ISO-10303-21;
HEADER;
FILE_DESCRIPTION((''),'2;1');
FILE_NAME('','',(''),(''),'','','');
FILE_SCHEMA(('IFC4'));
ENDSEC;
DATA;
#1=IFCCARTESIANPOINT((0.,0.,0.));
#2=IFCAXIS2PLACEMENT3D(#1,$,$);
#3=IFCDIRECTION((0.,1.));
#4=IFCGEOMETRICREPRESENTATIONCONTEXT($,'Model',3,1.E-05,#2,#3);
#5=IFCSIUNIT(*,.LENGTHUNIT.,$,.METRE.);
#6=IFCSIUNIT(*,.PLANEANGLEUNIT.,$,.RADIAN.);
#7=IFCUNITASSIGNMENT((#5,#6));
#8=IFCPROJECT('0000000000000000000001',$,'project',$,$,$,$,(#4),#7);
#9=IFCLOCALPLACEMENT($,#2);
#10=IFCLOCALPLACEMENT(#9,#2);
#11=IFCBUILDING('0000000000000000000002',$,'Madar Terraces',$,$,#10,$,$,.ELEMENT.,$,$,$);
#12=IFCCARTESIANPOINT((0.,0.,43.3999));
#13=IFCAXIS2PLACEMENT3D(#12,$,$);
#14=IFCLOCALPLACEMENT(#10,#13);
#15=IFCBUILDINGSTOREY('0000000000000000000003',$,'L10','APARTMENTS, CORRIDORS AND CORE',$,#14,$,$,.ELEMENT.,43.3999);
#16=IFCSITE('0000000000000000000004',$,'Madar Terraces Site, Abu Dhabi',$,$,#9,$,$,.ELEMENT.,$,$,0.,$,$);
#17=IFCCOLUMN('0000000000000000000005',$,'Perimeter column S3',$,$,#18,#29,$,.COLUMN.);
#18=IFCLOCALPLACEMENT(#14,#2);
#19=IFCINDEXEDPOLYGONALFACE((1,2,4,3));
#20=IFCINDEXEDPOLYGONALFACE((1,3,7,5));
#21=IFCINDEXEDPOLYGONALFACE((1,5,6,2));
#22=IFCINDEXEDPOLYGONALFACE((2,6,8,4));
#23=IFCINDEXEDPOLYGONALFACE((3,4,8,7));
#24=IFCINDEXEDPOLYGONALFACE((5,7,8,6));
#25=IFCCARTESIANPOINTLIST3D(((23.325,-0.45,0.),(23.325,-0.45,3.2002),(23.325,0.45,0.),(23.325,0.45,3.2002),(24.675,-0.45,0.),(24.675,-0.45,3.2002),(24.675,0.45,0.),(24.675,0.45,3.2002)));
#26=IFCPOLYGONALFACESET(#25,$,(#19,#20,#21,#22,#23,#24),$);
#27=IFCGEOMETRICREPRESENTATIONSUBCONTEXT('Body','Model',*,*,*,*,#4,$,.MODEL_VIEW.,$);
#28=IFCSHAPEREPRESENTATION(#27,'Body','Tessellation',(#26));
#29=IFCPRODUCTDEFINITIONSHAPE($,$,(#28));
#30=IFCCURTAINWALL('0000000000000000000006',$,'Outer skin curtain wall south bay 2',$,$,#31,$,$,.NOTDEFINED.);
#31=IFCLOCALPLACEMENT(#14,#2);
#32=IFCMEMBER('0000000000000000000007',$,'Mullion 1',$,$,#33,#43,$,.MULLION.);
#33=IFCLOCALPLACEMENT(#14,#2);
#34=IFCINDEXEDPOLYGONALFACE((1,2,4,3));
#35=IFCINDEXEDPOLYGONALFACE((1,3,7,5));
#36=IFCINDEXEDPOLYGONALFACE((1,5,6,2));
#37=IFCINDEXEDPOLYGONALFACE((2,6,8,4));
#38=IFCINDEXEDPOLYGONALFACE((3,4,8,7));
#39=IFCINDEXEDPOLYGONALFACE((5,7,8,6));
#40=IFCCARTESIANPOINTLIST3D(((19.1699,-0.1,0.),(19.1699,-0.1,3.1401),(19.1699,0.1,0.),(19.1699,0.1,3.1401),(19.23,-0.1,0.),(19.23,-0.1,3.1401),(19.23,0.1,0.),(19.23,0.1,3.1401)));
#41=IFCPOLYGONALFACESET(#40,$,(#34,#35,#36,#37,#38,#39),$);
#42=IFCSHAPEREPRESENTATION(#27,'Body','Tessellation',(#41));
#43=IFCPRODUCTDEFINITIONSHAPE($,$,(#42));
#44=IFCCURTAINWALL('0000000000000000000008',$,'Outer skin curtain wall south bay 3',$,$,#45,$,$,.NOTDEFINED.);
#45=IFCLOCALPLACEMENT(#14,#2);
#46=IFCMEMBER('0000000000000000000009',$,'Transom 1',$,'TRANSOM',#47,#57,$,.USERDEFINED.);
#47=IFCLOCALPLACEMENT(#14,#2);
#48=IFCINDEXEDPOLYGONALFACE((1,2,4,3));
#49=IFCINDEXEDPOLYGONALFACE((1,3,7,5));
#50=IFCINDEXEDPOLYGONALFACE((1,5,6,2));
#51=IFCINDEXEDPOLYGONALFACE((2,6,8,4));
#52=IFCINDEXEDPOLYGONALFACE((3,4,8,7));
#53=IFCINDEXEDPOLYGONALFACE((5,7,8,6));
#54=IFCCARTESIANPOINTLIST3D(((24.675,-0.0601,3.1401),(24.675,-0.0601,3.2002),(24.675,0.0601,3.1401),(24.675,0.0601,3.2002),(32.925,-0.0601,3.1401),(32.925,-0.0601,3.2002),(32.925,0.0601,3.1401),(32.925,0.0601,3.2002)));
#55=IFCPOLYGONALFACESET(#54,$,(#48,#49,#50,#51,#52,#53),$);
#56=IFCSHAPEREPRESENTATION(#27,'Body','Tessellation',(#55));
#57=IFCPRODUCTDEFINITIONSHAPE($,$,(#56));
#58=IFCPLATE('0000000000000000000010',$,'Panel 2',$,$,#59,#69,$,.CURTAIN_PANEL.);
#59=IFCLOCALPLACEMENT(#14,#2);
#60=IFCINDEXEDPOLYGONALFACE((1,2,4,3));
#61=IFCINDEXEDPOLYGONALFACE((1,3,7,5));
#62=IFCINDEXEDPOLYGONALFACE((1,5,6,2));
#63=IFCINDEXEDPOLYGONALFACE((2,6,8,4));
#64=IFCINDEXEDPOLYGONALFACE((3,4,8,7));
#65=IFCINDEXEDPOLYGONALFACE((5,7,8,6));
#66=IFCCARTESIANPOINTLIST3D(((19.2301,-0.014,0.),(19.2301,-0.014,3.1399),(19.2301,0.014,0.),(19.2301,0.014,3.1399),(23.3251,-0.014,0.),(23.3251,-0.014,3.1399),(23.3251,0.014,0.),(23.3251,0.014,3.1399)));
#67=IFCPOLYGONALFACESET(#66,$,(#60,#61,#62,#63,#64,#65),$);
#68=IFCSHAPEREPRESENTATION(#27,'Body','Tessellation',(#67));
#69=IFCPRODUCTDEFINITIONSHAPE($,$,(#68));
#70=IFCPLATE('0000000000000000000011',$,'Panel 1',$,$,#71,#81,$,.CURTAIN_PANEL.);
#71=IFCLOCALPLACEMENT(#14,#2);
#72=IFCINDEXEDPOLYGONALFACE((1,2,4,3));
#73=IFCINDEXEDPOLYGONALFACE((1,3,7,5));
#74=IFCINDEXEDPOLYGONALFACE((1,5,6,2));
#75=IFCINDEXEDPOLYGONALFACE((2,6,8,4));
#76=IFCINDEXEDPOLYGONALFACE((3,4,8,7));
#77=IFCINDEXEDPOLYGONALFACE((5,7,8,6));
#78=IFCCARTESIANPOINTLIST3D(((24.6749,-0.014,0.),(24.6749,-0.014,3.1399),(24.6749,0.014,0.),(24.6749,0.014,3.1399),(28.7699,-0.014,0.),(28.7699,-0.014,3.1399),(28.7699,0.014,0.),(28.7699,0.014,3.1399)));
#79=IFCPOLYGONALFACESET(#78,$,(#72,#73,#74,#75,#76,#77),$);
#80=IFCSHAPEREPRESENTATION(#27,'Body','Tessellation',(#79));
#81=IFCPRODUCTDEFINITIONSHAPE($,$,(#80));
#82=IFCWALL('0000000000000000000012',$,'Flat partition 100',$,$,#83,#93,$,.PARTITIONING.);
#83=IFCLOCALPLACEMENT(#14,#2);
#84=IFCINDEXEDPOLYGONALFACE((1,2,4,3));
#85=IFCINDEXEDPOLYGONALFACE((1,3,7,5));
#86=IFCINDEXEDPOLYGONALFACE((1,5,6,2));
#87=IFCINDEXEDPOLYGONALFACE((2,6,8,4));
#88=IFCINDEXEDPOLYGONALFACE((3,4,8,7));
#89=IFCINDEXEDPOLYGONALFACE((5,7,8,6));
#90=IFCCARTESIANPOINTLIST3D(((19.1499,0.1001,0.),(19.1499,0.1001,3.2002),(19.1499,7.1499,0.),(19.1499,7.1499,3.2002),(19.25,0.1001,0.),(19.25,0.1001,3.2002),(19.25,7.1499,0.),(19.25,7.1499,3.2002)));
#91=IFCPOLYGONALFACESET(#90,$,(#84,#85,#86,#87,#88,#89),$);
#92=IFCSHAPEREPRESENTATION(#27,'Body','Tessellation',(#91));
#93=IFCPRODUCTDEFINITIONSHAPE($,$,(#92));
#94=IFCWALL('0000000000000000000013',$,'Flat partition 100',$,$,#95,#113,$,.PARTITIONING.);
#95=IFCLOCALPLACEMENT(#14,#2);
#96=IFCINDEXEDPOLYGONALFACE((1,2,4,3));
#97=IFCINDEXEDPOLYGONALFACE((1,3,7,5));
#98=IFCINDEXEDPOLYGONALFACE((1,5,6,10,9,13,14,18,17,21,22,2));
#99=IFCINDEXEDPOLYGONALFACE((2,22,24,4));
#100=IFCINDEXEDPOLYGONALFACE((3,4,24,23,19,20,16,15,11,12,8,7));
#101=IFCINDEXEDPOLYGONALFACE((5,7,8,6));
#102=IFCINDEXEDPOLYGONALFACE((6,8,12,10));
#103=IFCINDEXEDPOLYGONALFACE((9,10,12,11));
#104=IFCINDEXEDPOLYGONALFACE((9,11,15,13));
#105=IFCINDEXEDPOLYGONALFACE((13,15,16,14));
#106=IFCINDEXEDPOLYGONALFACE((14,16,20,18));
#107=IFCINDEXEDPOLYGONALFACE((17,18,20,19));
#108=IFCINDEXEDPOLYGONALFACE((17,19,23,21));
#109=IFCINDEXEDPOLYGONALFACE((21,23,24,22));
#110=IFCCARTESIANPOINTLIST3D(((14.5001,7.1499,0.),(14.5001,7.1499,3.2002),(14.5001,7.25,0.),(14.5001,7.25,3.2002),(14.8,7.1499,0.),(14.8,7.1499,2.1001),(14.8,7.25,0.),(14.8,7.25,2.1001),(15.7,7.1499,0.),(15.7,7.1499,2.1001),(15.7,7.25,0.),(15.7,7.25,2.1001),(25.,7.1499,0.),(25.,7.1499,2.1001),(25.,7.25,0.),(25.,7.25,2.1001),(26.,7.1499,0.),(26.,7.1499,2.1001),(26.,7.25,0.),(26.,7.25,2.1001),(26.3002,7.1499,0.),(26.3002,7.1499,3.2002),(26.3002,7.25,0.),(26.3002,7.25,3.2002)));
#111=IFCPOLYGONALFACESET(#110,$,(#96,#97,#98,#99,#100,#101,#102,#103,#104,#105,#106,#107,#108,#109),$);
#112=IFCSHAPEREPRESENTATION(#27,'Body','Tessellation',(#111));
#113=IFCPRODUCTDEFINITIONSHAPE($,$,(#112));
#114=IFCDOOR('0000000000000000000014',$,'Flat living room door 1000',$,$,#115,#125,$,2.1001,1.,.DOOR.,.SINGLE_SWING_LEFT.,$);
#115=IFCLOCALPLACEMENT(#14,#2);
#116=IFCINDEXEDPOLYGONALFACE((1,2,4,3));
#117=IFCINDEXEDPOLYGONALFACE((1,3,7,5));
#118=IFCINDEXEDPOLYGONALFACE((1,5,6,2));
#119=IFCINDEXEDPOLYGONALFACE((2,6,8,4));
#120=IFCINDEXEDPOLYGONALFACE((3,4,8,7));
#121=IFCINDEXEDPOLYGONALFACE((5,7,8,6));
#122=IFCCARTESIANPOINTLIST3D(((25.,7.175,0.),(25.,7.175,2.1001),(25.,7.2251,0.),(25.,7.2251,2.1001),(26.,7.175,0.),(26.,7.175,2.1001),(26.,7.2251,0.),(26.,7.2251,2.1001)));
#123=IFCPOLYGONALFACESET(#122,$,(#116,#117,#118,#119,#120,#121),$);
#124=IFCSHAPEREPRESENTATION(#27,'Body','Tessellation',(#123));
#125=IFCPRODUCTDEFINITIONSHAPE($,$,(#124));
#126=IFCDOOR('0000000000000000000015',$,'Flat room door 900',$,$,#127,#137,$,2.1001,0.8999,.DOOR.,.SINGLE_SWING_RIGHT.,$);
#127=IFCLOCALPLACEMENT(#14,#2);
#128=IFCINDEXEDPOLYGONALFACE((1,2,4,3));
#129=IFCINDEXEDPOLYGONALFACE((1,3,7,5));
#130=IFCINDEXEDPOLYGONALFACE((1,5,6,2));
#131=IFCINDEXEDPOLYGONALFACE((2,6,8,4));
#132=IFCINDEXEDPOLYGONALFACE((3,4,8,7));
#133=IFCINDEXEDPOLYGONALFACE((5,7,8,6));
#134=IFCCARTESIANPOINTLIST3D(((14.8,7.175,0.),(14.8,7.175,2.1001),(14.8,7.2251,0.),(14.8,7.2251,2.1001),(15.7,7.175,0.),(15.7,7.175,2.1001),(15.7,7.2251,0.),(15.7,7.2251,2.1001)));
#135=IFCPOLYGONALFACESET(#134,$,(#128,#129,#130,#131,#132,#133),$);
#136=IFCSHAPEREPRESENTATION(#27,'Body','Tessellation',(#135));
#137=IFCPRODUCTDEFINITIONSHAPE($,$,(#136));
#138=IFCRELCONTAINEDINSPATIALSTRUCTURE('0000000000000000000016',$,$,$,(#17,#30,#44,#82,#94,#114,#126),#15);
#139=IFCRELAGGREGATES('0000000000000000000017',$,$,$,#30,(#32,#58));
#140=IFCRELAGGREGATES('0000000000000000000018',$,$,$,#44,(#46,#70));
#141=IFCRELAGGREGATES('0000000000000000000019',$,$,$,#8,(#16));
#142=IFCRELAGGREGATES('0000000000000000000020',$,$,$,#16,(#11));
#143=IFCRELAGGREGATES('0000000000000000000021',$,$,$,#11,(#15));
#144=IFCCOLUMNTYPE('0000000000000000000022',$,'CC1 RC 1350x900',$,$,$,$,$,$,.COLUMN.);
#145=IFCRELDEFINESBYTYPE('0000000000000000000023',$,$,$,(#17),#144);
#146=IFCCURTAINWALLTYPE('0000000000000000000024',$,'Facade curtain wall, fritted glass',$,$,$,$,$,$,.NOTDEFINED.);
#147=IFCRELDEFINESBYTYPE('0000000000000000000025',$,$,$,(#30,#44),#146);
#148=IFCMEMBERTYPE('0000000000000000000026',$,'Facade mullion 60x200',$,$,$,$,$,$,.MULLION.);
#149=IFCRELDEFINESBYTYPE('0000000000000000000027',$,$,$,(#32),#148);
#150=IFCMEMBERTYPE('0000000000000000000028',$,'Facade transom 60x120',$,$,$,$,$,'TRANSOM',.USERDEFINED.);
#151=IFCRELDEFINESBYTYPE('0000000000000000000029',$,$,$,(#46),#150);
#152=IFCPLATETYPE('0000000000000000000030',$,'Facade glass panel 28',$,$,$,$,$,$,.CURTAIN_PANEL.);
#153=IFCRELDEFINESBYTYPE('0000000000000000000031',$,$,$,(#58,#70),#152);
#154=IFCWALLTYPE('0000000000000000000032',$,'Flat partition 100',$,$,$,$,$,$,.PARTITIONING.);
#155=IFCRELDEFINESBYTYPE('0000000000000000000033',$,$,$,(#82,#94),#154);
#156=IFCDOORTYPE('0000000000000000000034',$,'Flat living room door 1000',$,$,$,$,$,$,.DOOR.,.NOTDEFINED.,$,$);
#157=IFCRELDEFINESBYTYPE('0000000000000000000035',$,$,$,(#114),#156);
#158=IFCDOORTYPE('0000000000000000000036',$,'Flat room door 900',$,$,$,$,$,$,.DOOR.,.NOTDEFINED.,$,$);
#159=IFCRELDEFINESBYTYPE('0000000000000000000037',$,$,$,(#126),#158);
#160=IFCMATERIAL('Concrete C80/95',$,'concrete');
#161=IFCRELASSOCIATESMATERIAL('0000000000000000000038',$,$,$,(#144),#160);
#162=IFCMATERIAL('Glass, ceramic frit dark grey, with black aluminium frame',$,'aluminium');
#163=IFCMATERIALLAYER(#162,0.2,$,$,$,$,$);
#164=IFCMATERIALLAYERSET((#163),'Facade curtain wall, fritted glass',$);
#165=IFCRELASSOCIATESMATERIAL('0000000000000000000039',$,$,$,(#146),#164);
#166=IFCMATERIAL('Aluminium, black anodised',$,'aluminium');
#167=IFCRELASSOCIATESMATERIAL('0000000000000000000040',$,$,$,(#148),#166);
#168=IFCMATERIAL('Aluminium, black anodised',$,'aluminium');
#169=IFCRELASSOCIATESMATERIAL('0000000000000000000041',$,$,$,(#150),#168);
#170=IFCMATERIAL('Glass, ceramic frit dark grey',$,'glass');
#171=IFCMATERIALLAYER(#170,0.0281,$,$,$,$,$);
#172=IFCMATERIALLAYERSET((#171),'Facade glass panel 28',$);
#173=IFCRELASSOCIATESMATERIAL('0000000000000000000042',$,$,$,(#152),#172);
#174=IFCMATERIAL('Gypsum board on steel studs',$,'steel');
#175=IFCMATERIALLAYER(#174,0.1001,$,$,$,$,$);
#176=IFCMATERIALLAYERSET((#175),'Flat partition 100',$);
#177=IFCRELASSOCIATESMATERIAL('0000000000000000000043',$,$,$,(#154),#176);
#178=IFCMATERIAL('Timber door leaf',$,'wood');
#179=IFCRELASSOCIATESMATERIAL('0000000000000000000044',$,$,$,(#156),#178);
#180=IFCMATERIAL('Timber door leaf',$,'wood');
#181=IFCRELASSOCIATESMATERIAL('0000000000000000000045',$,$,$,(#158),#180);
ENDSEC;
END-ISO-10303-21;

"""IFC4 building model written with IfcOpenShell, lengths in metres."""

from ifc_helpers import new_model, si_unit, direction, frame, frame_2d, origin, origin_2d, place, context, subcontext, project, spatial, rectangle, extrude, material, layer, layer_set, material_profile, profile_set, type_object, element, fill, aggregate, save


model = new_model("IFC4")

# Units and contexts
model_context = context("Model", 3, precision=1e-05, world=origin(), true_north=direction((0.0, 1.0)))
body_context = subcontext(model_context, "Body", "Model", "MODEL_VIEW")
ifc_project = project(units=[si_unit("LENGTHUNIT", "METRE"), si_unit("PLANEANGLEUNIT", "RADIAN")], contexts=[model_context])

# Site, building, storey
site_placement = place(None, origin())
site = spatial("IfcSite", under=ifc_project, at=site_placement, Name="Madar Terraces Site, Abu Dhabi", CompositionType="ELEMENT", RefElevation=0.0)
building_placement = place(site_placement, origin())
building = spatial("IfcBuilding", under=site, at=building_placement, Name="Madar Terraces", CompositionType="ELEMENT")
storey_placement = place(building_placement, frame((0.0, 0.0, 43.3999)))
storey = spatial("IfcBuildingStorey", under=building, at=storey_placement, Name="L10", Description="APARTMENTS, CORRIDORS AND CORE", CompositionType="ELEMENT", Elevation=43.3999)

# Column
ifc_material_1 = material(Name="Concrete C80/95", Category="concrete")
ifc_material_profile_1 = material_profile(ifc_material_1, rectangle(XDim=1.3501, YDim=0.8999, at=origin_2d()), Name="CC1 RC 1350x900")
ifc_profile_set_1 = profile_set([ifc_material_profile_1], Name="Concrete C80/95")
column_type = type_object("IfcColumnType", Name="CC1 RC 1350x900", PredefinedType="COLUMN", material=ifc_profile_set_1)
column_placement = place(storey_placement, frame((24.0, 0.0, 0.0), z_axis=(0.0, 0.0, 1.0), x_axis=(1.0, 0.0, 0.0)))
element("IfcColumn", 1, at=column_placement, inside=storey, type_object=column_type, Name="Perimeter column S3", PredefinedType="COLUMN", context=body_context, shape_type="SweptSolid", body=[
    extrude(rectangle(XDim=1.3501, YDim=0.8999, at=origin_2d()), origin(), (0.0, 0.0, 1.0), 3.2002),
])

# Curtain walls, members
ifc_material_2 = material(Name="Glass, ceramic frit dark grey, with black aluminium frame", Category="aluminium")
ifc_layer_1 = layer(ifc_material_2, 0.2)
ifc_layer_set_1 = layer_set([ifc_layer_1], Name="Facade curtain wall, fritted glass")
curtain_wall_type = type_object("IfcCurtainWallType", Name="Facade curtain wall, fritted glass", PredefinedType="NOTDEFINED", material=ifc_layer_set_1)
curtain_wall_1_placement = place(storey_placement, origin())
curtain_wall_1 = element("IfcCurtainWall", 2, at=curtain_wall_1_placement, inside=storey, type_object=curtain_wall_type, Name="Outer skin curtain wall south bay 2", PredefinedType="NOTDEFINED")
ifc_material_3 = material(Name="Aluminium, black anodised", Category="aluminium")
ifc_material_profile_2 = material_profile(ifc_material_3, rectangle(XDim=0.2, YDim=0.0601, at=origin_2d()), Name="Facade mullion 60x200")
ifc_profile_set_2 = profile_set([ifc_material_profile_2], Name="Aluminium, black anodised")
member_type_1 = type_object("IfcMemberType", Name="Facade mullion 60x200", PredefinedType="MULLION", material=ifc_profile_set_2)
member_1_placement = place(storey_placement, frame((19.2, 0.0, 0.0), z_axis=(0.0, 0.0, 1.0), x_axis=(0.0, 1.0, 0.0)))
member_1 = element("IfcMember", 3, at=member_1_placement, type_object=member_type_1, Name="Mullion 1", PredefinedType="MULLION", context=body_context, shape_type="SweptSolid", body=[
    extrude(rectangle(XDim=0.2, YDim=0.0601, at=origin_2d()), origin(), (0.0, 0.0, 1.0), 3.1401),
])
curtain_wall_2_placement = place(storey_placement, origin())
curtain_wall_2 = element("IfcCurtainWall", 4, at=curtain_wall_2_placement, inside=storey, type_object=curtain_wall_type, Name="Outer skin curtain wall south bay 3", PredefinedType="NOTDEFINED")
ifc_material_4 = material(Name="Aluminium, black anodised", Category="aluminium")
ifc_material_profile_3 = material_profile(ifc_material_4, rectangle(XDim=0.1201, YDim=0.0601, at=origin_2d()), Name="Facade transom 60x120")
ifc_profile_set_3 = profile_set([ifc_material_profile_3], Name="Aluminium, black anodised")
member_type_2 = type_object("IfcMemberType", Name="Facade transom 60x120", ElementType="TRANSOM", PredefinedType="USERDEFINED", material=ifc_profile_set_3)
member_2_placement = place(storey_placement, frame((24.675, 0.0, 3.1702), z_axis=(1.0, 0.0, 0.0), x_axis=(0.0, 1.0, 0.0)))
member_2 = element("IfcMember", 5, at=member_2_placement, type_object=member_type_2, Name="Transom 1", ObjectType="TRANSOM", PredefinedType="USERDEFINED", context=body_context, shape_type="SweptSolid", body=[
    extrude(rectangle(XDim=0.1201, YDim=0.0601, at=origin_2d()), origin(), (0.0, 0.0, 1.0), 8.25),
])

# Plates
ifc_material_5 = material(Name="Glass, ceramic frit dark grey", Category="glass")
ifc_layer_2 = layer(ifc_material_5, 0.0281)
ifc_layer_set_2 = layer_set([ifc_layer_2], Name="Facade glass panel 28")
plate_type = type_object("IfcPlateType", Name="Facade glass panel 28", PredefinedType="CURTAIN_PANEL", material=ifc_layer_set_2)
plate_1_placement = place(storey_placement, frame((21.2776, 0.0, 0.0), z_axis=(0.0, 0.0, 1.0), x_axis=(1.0, 0.0, 0.0)))
plate_1 = element("IfcPlate", 6, at=plate_1_placement, type_object=plate_type, Name="Panel 2", PredefinedType="CURTAIN_PANEL", context=body_context, shape_type="SweptSolid", body=[
    extrude(rectangle(XDim=4.095, YDim=0.0281, at=origin_2d()), origin(), (0.0, 0.0, 1.0), 3.1399),
])
aggregate(curtain_wall_1, [member_1, plate_1])
plate_2_placement = place(storey_placement, frame((26.7224, 0.0, 0.0), z_axis=(0.0, 0.0, 1.0), x_axis=(1.0, 0.0, 0.0)))
plate_2 = element("IfcPlate", 7, at=plate_2_placement, type_object=plate_type, Name="Panel 1", PredefinedType="CURTAIN_PANEL", context=body_context, shape_type="SweptSolid", body=[
    extrude(rectangle(XDim=4.095, YDim=0.0281, at=origin_2d()), origin(), (0.0, 0.0, 1.0), 3.1399),
])
aggregate(curtain_wall_2, [member_2, plate_2])

# Wall
ifc_material_6 = material(Name="Gypsum board on steel studs", Category="steel")
ifc_layer_3 = layer(ifc_material_6, 0.1001)
ifc_layer_set_3 = layer_set([ifc_layer_3], Name="Flat partition 100")
wall_type_1 = type_object("IfcWallType", Name="Flat partition 100", PredefinedType="PARTITIONING", material=ifc_layer_set_3)
wall_1_placement = place(storey_placement, frame((19.2, 7.1499, 0.0), z_axis=(0.0, 0.0, 1.0), x_axis=(0.0, -1.0, 0.0)))
element("IfcWall", 8, at=wall_1_placement, inside=storey, type_object=wall_type_1, Name="Flat partition 100", PredefinedType="PARTITIONING", context=body_context, shape_type="SweptSolid", body=[
    extrude(rectangle(XDim=7.0498, YDim=0.1001, at=frame_2d((3.5249, 0.0))), origin(), (0.0, 0.0, 1.0), 3.2002),
])

# Wall, openings, doors
wall_2_placement = place(storey_placement, frame((26.3, 7.2, 0.0), z_axis=(0.0, 0.0, 1.0), x_axis=(-1.0, 0.0, 0.0)))
wall_2 = element("IfcWall", 9, at=wall_2_placement, inside=storey, type_object=wall_type_1, Name="Flat partition 100", PredefinedType="PARTITIONING", context=body_context, shape_type="SweptSolid", body=[
    extrude(rectangle(XDim=11.8, YDim=0.1001, at=frame_2d((5.8999, 0.0))), origin(), (0.0, 0.0, 1.0), 3.2002),
])
opening_1_placement = place(wall_2_placement, frame((0.3, 0.0, 0.0)))
opening_1 = element("IfcOpeningElement", 10, at=opening_1_placement, cuts=wall_2, PredefinedType="OPENING", context=body_context, shape_type="SweptSolid", body=[
    extrude(rectangle(XDim=1.0, YDim=2.1001, at=frame_2d((0.5, 1.05))), frame((0.0, 0.0601, 0.0), z_axis=(0.0, -1.0, 0.0), x_axis=(1.0, 0.0, 0.0)), (0.0, 0.0, 1.0), 0.1201),
])
opening_2_placement = place(wall_2_placement, frame((10.6001, 0.0, 0.0)))
opening_2 = element("IfcOpeningElement", 11, at=opening_2_placement, cuts=wall_2, PredefinedType="OPENING", context=body_context, shape_type="SweptSolid", body=[
    extrude(rectangle(XDim=0.8999, YDim=2.1001, at=frame_2d((0.45, 1.05))), frame((0.0, 0.0601, 0.0), z_axis=(0.0, -1.0, 0.0), x_axis=(1.0, 0.0, 0.0)), (0.0, 0.0, 1.0), 0.1201),
])
ifc_material_7 = material(Name="Timber door leaf", Category="wood")
door_type_1 = type_object("IfcDoorType", Name="Flat living room door 1000", OperationType="NOTDEFINED", PredefinedType="DOOR", material=ifc_material_7)
door_1_placement = place(opening_1_placement, origin())
door_1 = element("IfcDoor", 12, at=door_1_placement, inside=storey, type_object=door_type_1, Name="Flat living room door 1000", OperationType="SINGLE_SWING_LEFT", OverallHeight=2.1001, OverallWidth=1.0, PredefinedType="DOOR", context=body_context, shape_type="SweptSolid", body=[
    extrude(rectangle(XDim=1.0, YDim=2.1001, at=frame_2d((0.5, 1.05))), frame((0.0, 0.0249, 0.0), z_axis=(0.0, -1.0, 0.0), x_axis=(1.0, 0.0, 0.0)), (0.0, 0.0, 1.0), 0.05),
])
fill(opening_1, door_1)
ifc_material_8 = material(Name="Timber door leaf", Category="wood")
door_type_2 = type_object("IfcDoorType", Name="Flat room door 900", OperationType="NOTDEFINED", PredefinedType="DOOR", material=ifc_material_8)
door_2_placement = place(opening_2_placement, origin())
door_2 = element("IfcDoor", 13, at=door_2_placement, inside=storey, type_object=door_type_2, Name="Flat room door 900", OperationType="SINGLE_SWING_RIGHT", OverallHeight=2.1001, OverallWidth=0.8999, PredefinedType="DOOR", context=body_context, shape_type="SweptSolid", body=[
    extrude(rectangle(XDim=0.8999, YDim=2.1001, at=frame_2d((0.45, 1.05))), frame((0.0, 0.0249, 0.0), z_axis=(0.0, -1.0, 0.0), x_axis=(1.0, 0.0, 0.0)), (0.0, 0.0, 1.0), 0.05),
])
fill(opening_2, door_2)

save(model, "model.ifc")
